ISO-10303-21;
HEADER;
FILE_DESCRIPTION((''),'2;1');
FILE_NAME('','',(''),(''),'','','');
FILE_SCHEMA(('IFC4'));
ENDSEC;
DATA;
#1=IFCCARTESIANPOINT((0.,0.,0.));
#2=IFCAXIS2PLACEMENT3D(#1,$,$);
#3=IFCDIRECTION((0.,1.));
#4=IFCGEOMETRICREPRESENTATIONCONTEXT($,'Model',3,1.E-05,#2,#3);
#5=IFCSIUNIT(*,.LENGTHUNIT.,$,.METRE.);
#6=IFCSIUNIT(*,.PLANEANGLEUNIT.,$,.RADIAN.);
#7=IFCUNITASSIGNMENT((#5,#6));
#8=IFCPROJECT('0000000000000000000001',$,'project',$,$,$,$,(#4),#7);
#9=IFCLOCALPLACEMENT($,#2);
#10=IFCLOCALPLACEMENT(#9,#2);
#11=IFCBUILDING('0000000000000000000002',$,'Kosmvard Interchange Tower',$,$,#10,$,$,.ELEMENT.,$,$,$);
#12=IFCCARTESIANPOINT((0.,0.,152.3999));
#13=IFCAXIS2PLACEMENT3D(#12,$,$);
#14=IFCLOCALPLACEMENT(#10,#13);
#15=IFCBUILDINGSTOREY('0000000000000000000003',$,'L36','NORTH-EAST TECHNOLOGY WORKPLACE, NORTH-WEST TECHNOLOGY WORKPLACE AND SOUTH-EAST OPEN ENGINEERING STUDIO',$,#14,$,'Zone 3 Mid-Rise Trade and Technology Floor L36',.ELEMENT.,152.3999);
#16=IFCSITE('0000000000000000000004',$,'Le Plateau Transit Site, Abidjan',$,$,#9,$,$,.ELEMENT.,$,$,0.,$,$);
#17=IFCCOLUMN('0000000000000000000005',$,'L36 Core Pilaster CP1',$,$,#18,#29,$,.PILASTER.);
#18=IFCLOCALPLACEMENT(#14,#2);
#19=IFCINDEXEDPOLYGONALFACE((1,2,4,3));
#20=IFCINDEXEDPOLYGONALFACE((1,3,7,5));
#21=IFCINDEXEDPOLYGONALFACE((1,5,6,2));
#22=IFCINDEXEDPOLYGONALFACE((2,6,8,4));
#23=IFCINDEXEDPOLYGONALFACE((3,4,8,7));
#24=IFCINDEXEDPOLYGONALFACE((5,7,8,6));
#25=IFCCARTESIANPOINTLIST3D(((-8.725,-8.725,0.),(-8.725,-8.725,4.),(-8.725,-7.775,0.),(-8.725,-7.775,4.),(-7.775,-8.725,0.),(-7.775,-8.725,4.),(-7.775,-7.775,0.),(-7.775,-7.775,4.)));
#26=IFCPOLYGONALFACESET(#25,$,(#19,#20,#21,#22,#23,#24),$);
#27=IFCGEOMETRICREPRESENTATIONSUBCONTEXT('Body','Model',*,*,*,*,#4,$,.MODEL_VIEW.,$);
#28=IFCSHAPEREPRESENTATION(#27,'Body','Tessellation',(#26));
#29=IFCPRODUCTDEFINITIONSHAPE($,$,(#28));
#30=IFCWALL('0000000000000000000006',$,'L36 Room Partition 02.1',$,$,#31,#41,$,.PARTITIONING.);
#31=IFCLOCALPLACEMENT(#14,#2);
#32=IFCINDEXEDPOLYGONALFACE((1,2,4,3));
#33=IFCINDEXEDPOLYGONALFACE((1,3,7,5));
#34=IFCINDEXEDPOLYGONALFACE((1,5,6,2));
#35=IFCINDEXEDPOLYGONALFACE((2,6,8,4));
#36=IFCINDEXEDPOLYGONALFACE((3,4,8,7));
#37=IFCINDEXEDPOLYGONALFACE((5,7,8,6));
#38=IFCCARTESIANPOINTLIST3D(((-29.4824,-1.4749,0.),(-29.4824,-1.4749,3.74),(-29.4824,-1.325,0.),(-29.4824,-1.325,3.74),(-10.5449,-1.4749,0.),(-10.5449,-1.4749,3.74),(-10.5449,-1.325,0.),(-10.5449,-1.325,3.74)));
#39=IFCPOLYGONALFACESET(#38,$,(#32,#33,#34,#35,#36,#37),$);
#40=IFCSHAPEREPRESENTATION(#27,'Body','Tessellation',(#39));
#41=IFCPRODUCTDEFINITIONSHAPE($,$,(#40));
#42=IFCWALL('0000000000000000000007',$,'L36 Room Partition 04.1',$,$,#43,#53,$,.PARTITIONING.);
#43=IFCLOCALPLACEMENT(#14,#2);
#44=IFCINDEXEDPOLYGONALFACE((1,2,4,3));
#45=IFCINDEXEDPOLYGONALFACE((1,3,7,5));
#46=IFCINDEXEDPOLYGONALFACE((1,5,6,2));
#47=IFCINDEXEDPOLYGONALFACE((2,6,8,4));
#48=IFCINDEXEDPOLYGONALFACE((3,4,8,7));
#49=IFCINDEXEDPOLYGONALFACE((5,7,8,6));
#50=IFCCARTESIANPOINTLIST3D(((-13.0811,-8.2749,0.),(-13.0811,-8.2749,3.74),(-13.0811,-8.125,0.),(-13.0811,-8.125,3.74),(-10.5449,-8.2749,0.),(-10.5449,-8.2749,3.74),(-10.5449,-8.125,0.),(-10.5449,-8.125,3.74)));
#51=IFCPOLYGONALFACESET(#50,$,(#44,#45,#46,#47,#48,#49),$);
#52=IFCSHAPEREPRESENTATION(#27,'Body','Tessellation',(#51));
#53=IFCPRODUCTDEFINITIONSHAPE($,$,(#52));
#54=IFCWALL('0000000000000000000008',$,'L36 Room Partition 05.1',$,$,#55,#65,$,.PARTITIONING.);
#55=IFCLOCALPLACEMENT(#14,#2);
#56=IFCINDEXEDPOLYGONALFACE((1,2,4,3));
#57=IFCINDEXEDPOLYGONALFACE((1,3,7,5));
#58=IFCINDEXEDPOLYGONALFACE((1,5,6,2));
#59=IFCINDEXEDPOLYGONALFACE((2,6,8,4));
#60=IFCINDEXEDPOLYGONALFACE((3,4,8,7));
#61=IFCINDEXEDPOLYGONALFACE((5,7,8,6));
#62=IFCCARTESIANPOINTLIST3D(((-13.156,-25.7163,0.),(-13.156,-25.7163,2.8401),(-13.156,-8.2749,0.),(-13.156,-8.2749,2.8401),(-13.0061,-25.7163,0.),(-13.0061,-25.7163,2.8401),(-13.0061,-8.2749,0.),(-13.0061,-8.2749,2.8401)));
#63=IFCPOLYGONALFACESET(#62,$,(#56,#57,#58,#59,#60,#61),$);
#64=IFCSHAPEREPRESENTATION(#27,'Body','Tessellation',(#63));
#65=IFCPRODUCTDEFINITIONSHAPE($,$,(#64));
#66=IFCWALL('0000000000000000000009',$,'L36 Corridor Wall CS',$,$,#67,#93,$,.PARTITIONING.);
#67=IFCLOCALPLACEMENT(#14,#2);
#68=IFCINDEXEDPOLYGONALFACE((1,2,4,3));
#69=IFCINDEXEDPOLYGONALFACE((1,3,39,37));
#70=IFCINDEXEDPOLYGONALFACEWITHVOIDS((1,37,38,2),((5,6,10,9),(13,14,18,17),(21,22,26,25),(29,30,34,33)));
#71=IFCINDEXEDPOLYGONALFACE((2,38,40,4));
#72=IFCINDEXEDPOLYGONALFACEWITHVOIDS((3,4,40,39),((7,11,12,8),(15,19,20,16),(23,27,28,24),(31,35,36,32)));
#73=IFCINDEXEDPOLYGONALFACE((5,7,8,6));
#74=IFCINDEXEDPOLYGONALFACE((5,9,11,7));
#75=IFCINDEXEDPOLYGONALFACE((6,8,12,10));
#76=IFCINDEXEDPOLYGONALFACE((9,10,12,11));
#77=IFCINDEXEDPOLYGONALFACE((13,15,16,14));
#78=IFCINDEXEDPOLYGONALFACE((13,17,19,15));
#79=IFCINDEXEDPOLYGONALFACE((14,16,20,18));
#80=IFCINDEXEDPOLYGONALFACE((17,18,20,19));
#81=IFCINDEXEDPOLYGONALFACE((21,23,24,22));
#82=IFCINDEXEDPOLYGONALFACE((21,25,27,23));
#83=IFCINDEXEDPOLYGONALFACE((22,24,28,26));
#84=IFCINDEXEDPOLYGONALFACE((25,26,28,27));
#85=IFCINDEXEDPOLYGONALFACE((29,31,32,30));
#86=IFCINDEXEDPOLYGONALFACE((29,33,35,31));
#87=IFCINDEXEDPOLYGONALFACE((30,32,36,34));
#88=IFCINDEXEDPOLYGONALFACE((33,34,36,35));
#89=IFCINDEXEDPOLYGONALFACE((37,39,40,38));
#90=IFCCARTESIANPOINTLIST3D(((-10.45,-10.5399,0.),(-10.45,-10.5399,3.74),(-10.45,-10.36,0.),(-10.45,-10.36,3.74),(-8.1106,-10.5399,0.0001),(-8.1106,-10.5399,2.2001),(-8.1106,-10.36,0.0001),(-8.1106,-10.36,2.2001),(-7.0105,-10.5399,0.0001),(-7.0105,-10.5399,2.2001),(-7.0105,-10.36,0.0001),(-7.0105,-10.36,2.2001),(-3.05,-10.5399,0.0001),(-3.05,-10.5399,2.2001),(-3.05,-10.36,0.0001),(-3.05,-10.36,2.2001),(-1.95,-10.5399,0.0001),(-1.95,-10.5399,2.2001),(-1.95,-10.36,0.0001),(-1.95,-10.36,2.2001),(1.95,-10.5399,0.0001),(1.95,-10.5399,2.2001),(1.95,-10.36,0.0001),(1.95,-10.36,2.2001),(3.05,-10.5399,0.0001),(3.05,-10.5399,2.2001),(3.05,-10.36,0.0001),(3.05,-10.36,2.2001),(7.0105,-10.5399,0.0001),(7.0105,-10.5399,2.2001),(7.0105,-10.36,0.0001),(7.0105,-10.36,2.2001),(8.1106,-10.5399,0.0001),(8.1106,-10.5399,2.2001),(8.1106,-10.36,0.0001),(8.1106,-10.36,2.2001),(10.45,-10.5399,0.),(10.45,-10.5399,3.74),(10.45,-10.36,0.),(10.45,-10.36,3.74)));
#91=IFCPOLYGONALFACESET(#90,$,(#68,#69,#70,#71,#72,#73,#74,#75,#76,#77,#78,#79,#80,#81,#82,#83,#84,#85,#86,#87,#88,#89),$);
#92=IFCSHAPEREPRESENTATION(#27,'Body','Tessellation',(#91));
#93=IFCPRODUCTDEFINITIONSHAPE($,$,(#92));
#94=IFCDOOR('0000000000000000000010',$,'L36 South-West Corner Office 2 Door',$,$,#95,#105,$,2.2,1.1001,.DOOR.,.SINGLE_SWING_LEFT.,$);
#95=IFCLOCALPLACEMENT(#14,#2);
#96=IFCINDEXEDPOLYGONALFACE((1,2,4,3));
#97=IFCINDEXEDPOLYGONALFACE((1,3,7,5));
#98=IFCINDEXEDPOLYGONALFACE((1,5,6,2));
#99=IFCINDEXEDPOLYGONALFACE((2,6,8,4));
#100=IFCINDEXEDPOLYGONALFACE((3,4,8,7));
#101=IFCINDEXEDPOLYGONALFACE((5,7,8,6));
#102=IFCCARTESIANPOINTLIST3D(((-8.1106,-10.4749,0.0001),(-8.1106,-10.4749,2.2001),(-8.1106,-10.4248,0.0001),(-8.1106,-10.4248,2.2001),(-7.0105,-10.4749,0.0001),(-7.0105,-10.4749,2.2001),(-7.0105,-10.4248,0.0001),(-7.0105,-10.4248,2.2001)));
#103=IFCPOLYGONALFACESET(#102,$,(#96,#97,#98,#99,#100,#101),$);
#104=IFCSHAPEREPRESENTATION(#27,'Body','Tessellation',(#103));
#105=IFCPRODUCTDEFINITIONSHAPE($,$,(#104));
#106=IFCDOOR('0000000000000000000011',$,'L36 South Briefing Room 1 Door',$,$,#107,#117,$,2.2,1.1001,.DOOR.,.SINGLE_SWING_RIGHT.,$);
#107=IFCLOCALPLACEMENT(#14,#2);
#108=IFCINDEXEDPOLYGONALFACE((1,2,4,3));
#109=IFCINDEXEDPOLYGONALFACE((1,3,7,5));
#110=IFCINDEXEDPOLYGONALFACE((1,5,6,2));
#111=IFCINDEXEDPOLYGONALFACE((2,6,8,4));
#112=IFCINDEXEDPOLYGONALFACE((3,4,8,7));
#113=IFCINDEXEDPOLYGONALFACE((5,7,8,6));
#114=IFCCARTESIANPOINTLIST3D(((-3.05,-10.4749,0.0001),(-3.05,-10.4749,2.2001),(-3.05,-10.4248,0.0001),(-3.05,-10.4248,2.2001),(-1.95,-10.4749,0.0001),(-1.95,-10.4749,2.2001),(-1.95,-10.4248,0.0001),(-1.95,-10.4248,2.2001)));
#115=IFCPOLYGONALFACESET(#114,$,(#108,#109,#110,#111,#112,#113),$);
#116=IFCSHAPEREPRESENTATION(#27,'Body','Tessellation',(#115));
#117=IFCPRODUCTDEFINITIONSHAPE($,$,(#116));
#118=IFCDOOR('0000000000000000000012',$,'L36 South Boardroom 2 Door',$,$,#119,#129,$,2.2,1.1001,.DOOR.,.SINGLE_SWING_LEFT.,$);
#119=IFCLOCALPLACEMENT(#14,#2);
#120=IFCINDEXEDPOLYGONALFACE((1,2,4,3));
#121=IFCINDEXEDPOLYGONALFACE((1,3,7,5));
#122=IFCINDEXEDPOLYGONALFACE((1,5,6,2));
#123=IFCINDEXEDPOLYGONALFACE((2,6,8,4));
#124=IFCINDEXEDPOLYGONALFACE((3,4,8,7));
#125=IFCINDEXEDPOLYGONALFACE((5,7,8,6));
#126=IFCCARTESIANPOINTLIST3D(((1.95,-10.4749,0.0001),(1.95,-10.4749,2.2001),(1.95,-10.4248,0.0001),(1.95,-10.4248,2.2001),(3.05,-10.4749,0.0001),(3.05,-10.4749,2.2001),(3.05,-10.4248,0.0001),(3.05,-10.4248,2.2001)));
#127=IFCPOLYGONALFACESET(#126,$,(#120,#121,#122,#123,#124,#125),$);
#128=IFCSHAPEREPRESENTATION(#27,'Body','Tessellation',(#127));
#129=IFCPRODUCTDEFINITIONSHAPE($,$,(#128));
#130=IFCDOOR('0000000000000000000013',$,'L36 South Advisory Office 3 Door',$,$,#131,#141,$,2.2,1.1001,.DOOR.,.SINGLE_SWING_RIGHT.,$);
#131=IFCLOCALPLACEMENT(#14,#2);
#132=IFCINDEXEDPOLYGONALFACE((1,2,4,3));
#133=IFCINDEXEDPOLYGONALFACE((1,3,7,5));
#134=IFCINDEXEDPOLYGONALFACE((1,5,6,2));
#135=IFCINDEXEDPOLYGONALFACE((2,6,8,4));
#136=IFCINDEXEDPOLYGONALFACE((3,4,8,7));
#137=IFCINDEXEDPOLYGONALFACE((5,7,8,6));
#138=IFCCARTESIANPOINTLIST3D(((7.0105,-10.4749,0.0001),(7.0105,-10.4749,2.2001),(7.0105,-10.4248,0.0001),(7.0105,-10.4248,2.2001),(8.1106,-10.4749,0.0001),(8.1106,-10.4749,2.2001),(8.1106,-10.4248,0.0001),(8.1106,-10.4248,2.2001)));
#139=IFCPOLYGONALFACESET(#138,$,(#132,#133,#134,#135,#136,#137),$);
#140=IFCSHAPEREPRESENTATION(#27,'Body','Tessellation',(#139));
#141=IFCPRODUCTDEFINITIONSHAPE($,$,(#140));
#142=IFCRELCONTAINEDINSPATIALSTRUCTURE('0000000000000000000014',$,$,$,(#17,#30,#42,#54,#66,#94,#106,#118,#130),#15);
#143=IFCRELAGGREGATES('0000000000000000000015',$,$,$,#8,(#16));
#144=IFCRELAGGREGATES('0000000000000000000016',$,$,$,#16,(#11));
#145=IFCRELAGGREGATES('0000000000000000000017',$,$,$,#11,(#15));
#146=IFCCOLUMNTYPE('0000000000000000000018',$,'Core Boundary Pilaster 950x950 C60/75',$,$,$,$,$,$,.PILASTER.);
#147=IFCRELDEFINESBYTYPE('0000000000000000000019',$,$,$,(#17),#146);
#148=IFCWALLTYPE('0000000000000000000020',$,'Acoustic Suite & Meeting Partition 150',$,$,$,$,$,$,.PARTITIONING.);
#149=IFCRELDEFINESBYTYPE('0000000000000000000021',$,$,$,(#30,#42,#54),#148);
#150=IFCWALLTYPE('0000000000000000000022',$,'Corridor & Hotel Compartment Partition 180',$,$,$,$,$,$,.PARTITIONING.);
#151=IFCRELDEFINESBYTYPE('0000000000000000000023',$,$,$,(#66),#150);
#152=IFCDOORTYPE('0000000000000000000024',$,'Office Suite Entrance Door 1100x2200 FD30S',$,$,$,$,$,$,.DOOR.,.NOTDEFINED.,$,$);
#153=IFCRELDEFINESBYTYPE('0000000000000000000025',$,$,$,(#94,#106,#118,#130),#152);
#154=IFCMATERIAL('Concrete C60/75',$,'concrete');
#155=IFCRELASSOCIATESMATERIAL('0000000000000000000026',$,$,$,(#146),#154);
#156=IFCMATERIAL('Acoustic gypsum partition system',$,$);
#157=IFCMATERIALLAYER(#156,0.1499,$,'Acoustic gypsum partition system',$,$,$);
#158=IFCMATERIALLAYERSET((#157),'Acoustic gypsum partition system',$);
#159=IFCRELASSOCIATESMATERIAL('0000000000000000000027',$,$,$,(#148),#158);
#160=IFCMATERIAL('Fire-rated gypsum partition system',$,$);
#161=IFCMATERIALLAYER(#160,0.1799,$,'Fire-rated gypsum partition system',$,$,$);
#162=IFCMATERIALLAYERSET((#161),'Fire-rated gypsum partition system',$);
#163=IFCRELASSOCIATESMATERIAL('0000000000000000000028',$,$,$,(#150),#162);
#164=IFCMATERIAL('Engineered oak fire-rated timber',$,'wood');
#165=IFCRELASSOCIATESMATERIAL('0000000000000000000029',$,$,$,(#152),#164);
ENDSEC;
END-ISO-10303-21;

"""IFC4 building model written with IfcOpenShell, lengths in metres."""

from ifc_helpers import new_model, si_unit, direction, frame, frame_2d, origin, origin_2d, place, context, subcontext, project, spatial, rectangle, extrude, source, transform, mapped, material, layer, layer_set, material_profile, profile_set, type_object, element, fill, save


model = new_model("IFC4")

# Units and contexts
model_context = context("Model", 3, precision=1e-05, world=origin(), true_north=direction((0.0, 1.0)))
body_context = subcontext(model_context, "Body", "Model", "MODEL_VIEW")
ifc_project = project(units=[si_unit("LENGTHUNIT", "METRE"), si_unit("PLANEANGLEUNIT", "RADIAN")], contexts=[model_context])

# Site, building, storey
site_placement = place(None, origin())
site = spatial("IfcSite", under=ifc_project, at=site_placement, Name="Le Plateau Transit Site, Abidjan", CompositionType="ELEMENT", RefElevation=0.0)
building_placement = place(site_placement, origin())
building = spatial("IfcBuilding", under=site, at=building_placement, Name="Kosmvard Interchange Tower", CompositionType="ELEMENT")
storey_placement = place(building_placement, frame((0.0, 0.0, 152.3999)))
storey = spatial("IfcBuildingStorey", under=building, at=storey_placement, Name="L36", Description="NORTH-EAST TECHNOLOGY WORKPLACE, NORTH-WEST TECHNOLOGY WORKPLACE AND SOUTH-EAST OPEN ENGINEERING STUDIO", LongName="Zone 3 Mid-Rise Trade and Technology Floor L36", CompositionType="ELEMENT", Elevation=152.3999)

# Column
ifc_material_1 = material(Name="Concrete C60/75", Category="concrete")
ifc_material_profile = material_profile(ifc_material_1, rectangle(XDim=0.95, YDim=0.95, at=origin_2d()), Name="CP 950x950")
ifc_profile_set = profile_set([ifc_material_profile], Name="Concrete C60/75")
column_type = type_object("IfcColumnType", Name="Core Boundary Pilaster 950x950 C60/75", PredefinedType="PILASTER", material=ifc_profile_set)
shared_shape_1 = source(origin(), body_context, "Body", "SweptSolid", [
    extrude(rectangle(XDim=0.95, YDim=0.95, at=origin_2d()), origin(), (0.0, 0.0, 1.0), 4.0),
])
column_placement = place(storey_placement, frame((-8.25, -8.25, 0.0), z_axis=(0.0, 0.0, 1.0), x_axis=(1.0, 0.0, 0.0)))
element("IfcColumn", 1, at=column_placement, inside=storey, type_object=column_type, Name="L36 Core Pilaster CP1", PredefinedType="PILASTER", context=body_context, shape_type="MappedRepresentation", body=[
    mapped(shared_shape_1, transform((0.0, 0.0, 0.0), scale=1.0)),
])

# Walls
ifc_material_2 = material(Name="Acoustic gypsum partition system")
ifc_layer_1 = layer(ifc_material_2, 0.1499, Name="Acoustic gypsum partition system")
ifc_layer_set_1 = layer_set([ifc_layer_1], Name="Acoustic gypsum partition system")
wall_type_1 = type_object("IfcWallType", Name="Acoustic Suite & Meeting Partition 150", PredefinedType="PARTITIONING", material=ifc_layer_set_1)
wall_1_placement = place(storey_placement, frame((-29.4824, -1.3999, 0.0), z_axis=(0.0, 0.0, 1.0), x_axis=(1.0, 0.0, 0.0)))
element("IfcWall", 2, at=wall_1_placement, inside=storey, type_object=wall_type_1, Name="L36 Room Partition 02.1", PredefinedType="PARTITIONING", context=body_context, shape_type="SweptSolid", body=[
    extrude(rectangle(XDim=18.9375, YDim=0.1499, at=frame_2d((9.4688, 0.0))), origin(), (0.0, 0.0, 1.0), 3.74),
])
wall_2_placement = place(storey_placement, frame((-10.5449, -8.2, 0.0), z_axis=(0.0, 0.0, 1.0), x_axis=(-1.0, 0.0, 0.0)))
element("IfcWall", 3, at=wall_2_placement, inside=storey, type_object=wall_type_1, Name="L36 Room Partition 04.1", PredefinedType="PARTITIONING", context=body_context, shape_type="SweptSolid", body=[
    extrude(rectangle(XDim=2.5361, YDim=0.1499, at=frame_2d((1.2681, 0.0))), origin(), (0.0, 0.0, 1.0), 3.74),
])
wall_3_placement = place(storey_placement, frame((-13.0811, -8.2749, 0.0), z_axis=(0.0, 0.0, 1.0), x_axis=(0.0, -1.0, 0.0)))
element("IfcWall", 4, at=wall_3_placement, inside=storey, type_object=wall_type_1, Name="L36 Room Partition 05.1", PredefinedType="PARTITIONING", context=body_context, shape_type="SweptSolid", body=[
    extrude(rectangle(XDim=17.4414, YDim=0.1499, at=frame_2d((8.7207, 0.0))), origin(), (0.0, 0.0, 1.0), 2.8401),
])

# Wall, openings, doors
ifc_material_3 = material(Name="Fire-rated gypsum partition system")
ifc_layer_2 = layer(ifc_material_3, 0.1799, Name="Fire-rated gypsum partition system")
ifc_layer_set_2 = layer_set([ifc_layer_2], Name="Fire-rated gypsum partition system")
wall_type_2 = type_object("IfcWallType", Name="Corridor & Hotel Compartment Partition 180", PredefinedType="PARTITIONING", material=ifc_layer_set_2)
wall_4_placement = place(storey_placement, frame((-10.45, -10.45, 0.0), z_axis=(0.0, 0.0, 1.0), x_axis=(1.0, 0.0, 0.0)))
wall_4 = element("IfcWall", 5, at=wall_4_placement, inside=storey, type_object=wall_type_2, Name="L36 Corridor Wall CS", PredefinedType="PARTITIONING", context=body_context, shape_type="SweptSolid", body=[
    extrude(rectangle(XDim=20.8999, YDim=0.1799, at=frame_2d((10.45, 0.0))), origin(), (0.0, 0.0, 1.0), 3.74),
])
opening_1_placement = place(wall_4_placement, frame((2.3394, 0.0, 0.0)))
opening_1 = element("IfcOpeningElement", 6, at=opening_1_placement, cuts=wall_4, PredefinedType="OPENING", context=body_context, shape_type="SweptSolid", body=[
    extrude(rectangle(XDim=1.1001, YDim=2.2, at=frame_2d((0.55, 1.1001))), frame((0.0, 0.1001, 0.0), z_axis=(0.0, -1.0, 0.0), x_axis=(1.0, 0.0, 0.0)), (0.0, 0.0, 1.0), 0.2),
])
opening_2_placement = place(wall_4_placement, frame((7.3999, 0.0, 0.0)))
opening_2 = element("IfcOpeningElement", 7, at=opening_2_placement, cuts=wall_4, PredefinedType="OPENING", context=body_context, shape_type="SweptSolid", body=[
    extrude(rectangle(XDim=1.1001, YDim=2.2, at=frame_2d((0.55, 1.1001))), frame((0.0, 0.1001, 0.0), z_axis=(0.0, -1.0, 0.0), x_axis=(1.0, 0.0, 0.0)), (0.0, 0.0, 1.0), 0.2),
])
opening_3_placement = place(wall_4_placement, frame((12.3999, 0.0, 0.0)))
opening_3 = element("IfcOpeningElement", 8, at=opening_3_placement, cuts=wall_4, PredefinedType="OPENING", context=body_context, shape_type="SweptSolid", body=[
    extrude(rectangle(XDim=1.1001, YDim=2.2, at=frame_2d((0.55, 1.1001))), frame((0.0, 0.1001, 0.0), z_axis=(0.0, -1.0, 0.0), x_axis=(1.0, 0.0, 0.0)), (0.0, 0.0, 1.0), 0.2),
])
opening_4_placement = place(wall_4_placement, frame((17.4604, 0.0, 0.0)))
opening_4 = element("IfcOpeningElement", 9, at=opening_4_placement, cuts=wall_4, PredefinedType="OPENING", context=body_context, shape_type="SweptSolid", body=[
    extrude(rectangle(XDim=1.1001, YDim=2.2, at=frame_2d((0.55, 1.1001))), frame((0.0, 0.1001, 0.0), z_axis=(0.0, -1.0, 0.0), x_axis=(1.0, 0.0, 0.0)), (0.0, 0.0, 1.0), 0.2),
])
ifc_material_4 = material(Name="Engineered oak fire-rated timber", Category="wood")
door_type_1 = type_object("IfcDoorType", Name="Office Suite Entrance Door 1100x2200 FD30S", OperationType="NOTDEFINED", PredefinedType="DOOR", material=ifc_material_4)
shared_shape_2 = source(origin(), body_context, "Body", "SweptSolid", [
    extrude(rectangle(XDim=1.1001, YDim=2.2, at=frame_2d((0.55, 1.1001))), frame((0.0, 0.0249, 0.0), z_axis=(0.0, -1.0, 0.0), x_axis=(1.0, 0.0, 0.0)), (0.0, 0.0, 1.0), 0.05),
])
door_1_placement = place(opening_1_placement, frame((1.1001, 0.0, 0.0), z_axis=(0.0, 0.0, 1.0), x_axis=(-1.0, 0.0, 0.0)))
door_1 = element("IfcDoor", 10, at=door_1_placement, inside=storey, type_object=door_type_1, Name="L36 South-West Corner Office 2 Door", OperationType="SINGLE_SWING_LEFT", OverallHeight=2.2, OverallWidth=1.1001, PredefinedType="DOOR", context=body_context, shape_type="MappedRepresentation", body=[
    mapped(shared_shape_2, transform((0.0, 0.0, 0.0), scale=1.0)),
])
fill(opening_1, door_1)
door_2_placement = place(opening_2_placement, frame((1.1001, 0.0, 0.0), z_axis=(0.0, 0.0, 1.0), x_axis=(-1.0, 0.0, 0.0)))
door_2 = element("IfcDoor", 11, at=door_2_placement, inside=storey, type_object=door_type_1, Name="L36 South Briefing Room 1 Door", OperationType="SINGLE_SWING_RIGHT", OverallHeight=2.2, OverallWidth=1.1001, PredefinedType="DOOR", context=body_context, shape_type="MappedRepresentation", body=[
    mapped(shared_shape_2, transform((0.0, 0.0, 0.0), scale=1.0)),
])
fill(opening_2, door_2)
door_3_placement = place(opening_3_placement, frame((1.1001, 0.0, 0.0), z_axis=(0.0, 0.0, 1.0), x_axis=(-1.0, 0.0, 0.0)))
door_3 = element("IfcDoor", 12, at=door_3_placement, inside=storey, type_object=door_type_1, Name="L36 South Boardroom 2 Door", OperationType="SINGLE_SWING_LEFT", OverallHeight=2.2, OverallWidth=1.1001, PredefinedType="DOOR", context=body_context, shape_type="MappedRepresentation", body=[
    mapped(shared_shape_2, transform((0.0, 0.0, 0.0), scale=1.0)),
])
fill(opening_3, door_3)
door_4_placement = place(opening_4_placement, frame((1.1001, 0.0, 0.0), z_axis=(0.0, 0.0, 1.0), x_axis=(-1.0, 0.0, 0.0)))
door_4 = element("IfcDoor", 13, at=door_4_placement, inside=storey, type_object=door_type_1, Name="L36 South Advisory Office 3 Door", OperationType="SINGLE_SWING_RIGHT", OverallHeight=2.2, OverallWidth=1.1001, PredefinedType="DOOR", context=body_context, shape_type="MappedRepresentation", body=[
    mapped(shared_shape_2, transform((0.0, 0.0, 0.0), scale=1.0)),
])
fill(opening_4, door_4)

save(model, "model.ifc")
